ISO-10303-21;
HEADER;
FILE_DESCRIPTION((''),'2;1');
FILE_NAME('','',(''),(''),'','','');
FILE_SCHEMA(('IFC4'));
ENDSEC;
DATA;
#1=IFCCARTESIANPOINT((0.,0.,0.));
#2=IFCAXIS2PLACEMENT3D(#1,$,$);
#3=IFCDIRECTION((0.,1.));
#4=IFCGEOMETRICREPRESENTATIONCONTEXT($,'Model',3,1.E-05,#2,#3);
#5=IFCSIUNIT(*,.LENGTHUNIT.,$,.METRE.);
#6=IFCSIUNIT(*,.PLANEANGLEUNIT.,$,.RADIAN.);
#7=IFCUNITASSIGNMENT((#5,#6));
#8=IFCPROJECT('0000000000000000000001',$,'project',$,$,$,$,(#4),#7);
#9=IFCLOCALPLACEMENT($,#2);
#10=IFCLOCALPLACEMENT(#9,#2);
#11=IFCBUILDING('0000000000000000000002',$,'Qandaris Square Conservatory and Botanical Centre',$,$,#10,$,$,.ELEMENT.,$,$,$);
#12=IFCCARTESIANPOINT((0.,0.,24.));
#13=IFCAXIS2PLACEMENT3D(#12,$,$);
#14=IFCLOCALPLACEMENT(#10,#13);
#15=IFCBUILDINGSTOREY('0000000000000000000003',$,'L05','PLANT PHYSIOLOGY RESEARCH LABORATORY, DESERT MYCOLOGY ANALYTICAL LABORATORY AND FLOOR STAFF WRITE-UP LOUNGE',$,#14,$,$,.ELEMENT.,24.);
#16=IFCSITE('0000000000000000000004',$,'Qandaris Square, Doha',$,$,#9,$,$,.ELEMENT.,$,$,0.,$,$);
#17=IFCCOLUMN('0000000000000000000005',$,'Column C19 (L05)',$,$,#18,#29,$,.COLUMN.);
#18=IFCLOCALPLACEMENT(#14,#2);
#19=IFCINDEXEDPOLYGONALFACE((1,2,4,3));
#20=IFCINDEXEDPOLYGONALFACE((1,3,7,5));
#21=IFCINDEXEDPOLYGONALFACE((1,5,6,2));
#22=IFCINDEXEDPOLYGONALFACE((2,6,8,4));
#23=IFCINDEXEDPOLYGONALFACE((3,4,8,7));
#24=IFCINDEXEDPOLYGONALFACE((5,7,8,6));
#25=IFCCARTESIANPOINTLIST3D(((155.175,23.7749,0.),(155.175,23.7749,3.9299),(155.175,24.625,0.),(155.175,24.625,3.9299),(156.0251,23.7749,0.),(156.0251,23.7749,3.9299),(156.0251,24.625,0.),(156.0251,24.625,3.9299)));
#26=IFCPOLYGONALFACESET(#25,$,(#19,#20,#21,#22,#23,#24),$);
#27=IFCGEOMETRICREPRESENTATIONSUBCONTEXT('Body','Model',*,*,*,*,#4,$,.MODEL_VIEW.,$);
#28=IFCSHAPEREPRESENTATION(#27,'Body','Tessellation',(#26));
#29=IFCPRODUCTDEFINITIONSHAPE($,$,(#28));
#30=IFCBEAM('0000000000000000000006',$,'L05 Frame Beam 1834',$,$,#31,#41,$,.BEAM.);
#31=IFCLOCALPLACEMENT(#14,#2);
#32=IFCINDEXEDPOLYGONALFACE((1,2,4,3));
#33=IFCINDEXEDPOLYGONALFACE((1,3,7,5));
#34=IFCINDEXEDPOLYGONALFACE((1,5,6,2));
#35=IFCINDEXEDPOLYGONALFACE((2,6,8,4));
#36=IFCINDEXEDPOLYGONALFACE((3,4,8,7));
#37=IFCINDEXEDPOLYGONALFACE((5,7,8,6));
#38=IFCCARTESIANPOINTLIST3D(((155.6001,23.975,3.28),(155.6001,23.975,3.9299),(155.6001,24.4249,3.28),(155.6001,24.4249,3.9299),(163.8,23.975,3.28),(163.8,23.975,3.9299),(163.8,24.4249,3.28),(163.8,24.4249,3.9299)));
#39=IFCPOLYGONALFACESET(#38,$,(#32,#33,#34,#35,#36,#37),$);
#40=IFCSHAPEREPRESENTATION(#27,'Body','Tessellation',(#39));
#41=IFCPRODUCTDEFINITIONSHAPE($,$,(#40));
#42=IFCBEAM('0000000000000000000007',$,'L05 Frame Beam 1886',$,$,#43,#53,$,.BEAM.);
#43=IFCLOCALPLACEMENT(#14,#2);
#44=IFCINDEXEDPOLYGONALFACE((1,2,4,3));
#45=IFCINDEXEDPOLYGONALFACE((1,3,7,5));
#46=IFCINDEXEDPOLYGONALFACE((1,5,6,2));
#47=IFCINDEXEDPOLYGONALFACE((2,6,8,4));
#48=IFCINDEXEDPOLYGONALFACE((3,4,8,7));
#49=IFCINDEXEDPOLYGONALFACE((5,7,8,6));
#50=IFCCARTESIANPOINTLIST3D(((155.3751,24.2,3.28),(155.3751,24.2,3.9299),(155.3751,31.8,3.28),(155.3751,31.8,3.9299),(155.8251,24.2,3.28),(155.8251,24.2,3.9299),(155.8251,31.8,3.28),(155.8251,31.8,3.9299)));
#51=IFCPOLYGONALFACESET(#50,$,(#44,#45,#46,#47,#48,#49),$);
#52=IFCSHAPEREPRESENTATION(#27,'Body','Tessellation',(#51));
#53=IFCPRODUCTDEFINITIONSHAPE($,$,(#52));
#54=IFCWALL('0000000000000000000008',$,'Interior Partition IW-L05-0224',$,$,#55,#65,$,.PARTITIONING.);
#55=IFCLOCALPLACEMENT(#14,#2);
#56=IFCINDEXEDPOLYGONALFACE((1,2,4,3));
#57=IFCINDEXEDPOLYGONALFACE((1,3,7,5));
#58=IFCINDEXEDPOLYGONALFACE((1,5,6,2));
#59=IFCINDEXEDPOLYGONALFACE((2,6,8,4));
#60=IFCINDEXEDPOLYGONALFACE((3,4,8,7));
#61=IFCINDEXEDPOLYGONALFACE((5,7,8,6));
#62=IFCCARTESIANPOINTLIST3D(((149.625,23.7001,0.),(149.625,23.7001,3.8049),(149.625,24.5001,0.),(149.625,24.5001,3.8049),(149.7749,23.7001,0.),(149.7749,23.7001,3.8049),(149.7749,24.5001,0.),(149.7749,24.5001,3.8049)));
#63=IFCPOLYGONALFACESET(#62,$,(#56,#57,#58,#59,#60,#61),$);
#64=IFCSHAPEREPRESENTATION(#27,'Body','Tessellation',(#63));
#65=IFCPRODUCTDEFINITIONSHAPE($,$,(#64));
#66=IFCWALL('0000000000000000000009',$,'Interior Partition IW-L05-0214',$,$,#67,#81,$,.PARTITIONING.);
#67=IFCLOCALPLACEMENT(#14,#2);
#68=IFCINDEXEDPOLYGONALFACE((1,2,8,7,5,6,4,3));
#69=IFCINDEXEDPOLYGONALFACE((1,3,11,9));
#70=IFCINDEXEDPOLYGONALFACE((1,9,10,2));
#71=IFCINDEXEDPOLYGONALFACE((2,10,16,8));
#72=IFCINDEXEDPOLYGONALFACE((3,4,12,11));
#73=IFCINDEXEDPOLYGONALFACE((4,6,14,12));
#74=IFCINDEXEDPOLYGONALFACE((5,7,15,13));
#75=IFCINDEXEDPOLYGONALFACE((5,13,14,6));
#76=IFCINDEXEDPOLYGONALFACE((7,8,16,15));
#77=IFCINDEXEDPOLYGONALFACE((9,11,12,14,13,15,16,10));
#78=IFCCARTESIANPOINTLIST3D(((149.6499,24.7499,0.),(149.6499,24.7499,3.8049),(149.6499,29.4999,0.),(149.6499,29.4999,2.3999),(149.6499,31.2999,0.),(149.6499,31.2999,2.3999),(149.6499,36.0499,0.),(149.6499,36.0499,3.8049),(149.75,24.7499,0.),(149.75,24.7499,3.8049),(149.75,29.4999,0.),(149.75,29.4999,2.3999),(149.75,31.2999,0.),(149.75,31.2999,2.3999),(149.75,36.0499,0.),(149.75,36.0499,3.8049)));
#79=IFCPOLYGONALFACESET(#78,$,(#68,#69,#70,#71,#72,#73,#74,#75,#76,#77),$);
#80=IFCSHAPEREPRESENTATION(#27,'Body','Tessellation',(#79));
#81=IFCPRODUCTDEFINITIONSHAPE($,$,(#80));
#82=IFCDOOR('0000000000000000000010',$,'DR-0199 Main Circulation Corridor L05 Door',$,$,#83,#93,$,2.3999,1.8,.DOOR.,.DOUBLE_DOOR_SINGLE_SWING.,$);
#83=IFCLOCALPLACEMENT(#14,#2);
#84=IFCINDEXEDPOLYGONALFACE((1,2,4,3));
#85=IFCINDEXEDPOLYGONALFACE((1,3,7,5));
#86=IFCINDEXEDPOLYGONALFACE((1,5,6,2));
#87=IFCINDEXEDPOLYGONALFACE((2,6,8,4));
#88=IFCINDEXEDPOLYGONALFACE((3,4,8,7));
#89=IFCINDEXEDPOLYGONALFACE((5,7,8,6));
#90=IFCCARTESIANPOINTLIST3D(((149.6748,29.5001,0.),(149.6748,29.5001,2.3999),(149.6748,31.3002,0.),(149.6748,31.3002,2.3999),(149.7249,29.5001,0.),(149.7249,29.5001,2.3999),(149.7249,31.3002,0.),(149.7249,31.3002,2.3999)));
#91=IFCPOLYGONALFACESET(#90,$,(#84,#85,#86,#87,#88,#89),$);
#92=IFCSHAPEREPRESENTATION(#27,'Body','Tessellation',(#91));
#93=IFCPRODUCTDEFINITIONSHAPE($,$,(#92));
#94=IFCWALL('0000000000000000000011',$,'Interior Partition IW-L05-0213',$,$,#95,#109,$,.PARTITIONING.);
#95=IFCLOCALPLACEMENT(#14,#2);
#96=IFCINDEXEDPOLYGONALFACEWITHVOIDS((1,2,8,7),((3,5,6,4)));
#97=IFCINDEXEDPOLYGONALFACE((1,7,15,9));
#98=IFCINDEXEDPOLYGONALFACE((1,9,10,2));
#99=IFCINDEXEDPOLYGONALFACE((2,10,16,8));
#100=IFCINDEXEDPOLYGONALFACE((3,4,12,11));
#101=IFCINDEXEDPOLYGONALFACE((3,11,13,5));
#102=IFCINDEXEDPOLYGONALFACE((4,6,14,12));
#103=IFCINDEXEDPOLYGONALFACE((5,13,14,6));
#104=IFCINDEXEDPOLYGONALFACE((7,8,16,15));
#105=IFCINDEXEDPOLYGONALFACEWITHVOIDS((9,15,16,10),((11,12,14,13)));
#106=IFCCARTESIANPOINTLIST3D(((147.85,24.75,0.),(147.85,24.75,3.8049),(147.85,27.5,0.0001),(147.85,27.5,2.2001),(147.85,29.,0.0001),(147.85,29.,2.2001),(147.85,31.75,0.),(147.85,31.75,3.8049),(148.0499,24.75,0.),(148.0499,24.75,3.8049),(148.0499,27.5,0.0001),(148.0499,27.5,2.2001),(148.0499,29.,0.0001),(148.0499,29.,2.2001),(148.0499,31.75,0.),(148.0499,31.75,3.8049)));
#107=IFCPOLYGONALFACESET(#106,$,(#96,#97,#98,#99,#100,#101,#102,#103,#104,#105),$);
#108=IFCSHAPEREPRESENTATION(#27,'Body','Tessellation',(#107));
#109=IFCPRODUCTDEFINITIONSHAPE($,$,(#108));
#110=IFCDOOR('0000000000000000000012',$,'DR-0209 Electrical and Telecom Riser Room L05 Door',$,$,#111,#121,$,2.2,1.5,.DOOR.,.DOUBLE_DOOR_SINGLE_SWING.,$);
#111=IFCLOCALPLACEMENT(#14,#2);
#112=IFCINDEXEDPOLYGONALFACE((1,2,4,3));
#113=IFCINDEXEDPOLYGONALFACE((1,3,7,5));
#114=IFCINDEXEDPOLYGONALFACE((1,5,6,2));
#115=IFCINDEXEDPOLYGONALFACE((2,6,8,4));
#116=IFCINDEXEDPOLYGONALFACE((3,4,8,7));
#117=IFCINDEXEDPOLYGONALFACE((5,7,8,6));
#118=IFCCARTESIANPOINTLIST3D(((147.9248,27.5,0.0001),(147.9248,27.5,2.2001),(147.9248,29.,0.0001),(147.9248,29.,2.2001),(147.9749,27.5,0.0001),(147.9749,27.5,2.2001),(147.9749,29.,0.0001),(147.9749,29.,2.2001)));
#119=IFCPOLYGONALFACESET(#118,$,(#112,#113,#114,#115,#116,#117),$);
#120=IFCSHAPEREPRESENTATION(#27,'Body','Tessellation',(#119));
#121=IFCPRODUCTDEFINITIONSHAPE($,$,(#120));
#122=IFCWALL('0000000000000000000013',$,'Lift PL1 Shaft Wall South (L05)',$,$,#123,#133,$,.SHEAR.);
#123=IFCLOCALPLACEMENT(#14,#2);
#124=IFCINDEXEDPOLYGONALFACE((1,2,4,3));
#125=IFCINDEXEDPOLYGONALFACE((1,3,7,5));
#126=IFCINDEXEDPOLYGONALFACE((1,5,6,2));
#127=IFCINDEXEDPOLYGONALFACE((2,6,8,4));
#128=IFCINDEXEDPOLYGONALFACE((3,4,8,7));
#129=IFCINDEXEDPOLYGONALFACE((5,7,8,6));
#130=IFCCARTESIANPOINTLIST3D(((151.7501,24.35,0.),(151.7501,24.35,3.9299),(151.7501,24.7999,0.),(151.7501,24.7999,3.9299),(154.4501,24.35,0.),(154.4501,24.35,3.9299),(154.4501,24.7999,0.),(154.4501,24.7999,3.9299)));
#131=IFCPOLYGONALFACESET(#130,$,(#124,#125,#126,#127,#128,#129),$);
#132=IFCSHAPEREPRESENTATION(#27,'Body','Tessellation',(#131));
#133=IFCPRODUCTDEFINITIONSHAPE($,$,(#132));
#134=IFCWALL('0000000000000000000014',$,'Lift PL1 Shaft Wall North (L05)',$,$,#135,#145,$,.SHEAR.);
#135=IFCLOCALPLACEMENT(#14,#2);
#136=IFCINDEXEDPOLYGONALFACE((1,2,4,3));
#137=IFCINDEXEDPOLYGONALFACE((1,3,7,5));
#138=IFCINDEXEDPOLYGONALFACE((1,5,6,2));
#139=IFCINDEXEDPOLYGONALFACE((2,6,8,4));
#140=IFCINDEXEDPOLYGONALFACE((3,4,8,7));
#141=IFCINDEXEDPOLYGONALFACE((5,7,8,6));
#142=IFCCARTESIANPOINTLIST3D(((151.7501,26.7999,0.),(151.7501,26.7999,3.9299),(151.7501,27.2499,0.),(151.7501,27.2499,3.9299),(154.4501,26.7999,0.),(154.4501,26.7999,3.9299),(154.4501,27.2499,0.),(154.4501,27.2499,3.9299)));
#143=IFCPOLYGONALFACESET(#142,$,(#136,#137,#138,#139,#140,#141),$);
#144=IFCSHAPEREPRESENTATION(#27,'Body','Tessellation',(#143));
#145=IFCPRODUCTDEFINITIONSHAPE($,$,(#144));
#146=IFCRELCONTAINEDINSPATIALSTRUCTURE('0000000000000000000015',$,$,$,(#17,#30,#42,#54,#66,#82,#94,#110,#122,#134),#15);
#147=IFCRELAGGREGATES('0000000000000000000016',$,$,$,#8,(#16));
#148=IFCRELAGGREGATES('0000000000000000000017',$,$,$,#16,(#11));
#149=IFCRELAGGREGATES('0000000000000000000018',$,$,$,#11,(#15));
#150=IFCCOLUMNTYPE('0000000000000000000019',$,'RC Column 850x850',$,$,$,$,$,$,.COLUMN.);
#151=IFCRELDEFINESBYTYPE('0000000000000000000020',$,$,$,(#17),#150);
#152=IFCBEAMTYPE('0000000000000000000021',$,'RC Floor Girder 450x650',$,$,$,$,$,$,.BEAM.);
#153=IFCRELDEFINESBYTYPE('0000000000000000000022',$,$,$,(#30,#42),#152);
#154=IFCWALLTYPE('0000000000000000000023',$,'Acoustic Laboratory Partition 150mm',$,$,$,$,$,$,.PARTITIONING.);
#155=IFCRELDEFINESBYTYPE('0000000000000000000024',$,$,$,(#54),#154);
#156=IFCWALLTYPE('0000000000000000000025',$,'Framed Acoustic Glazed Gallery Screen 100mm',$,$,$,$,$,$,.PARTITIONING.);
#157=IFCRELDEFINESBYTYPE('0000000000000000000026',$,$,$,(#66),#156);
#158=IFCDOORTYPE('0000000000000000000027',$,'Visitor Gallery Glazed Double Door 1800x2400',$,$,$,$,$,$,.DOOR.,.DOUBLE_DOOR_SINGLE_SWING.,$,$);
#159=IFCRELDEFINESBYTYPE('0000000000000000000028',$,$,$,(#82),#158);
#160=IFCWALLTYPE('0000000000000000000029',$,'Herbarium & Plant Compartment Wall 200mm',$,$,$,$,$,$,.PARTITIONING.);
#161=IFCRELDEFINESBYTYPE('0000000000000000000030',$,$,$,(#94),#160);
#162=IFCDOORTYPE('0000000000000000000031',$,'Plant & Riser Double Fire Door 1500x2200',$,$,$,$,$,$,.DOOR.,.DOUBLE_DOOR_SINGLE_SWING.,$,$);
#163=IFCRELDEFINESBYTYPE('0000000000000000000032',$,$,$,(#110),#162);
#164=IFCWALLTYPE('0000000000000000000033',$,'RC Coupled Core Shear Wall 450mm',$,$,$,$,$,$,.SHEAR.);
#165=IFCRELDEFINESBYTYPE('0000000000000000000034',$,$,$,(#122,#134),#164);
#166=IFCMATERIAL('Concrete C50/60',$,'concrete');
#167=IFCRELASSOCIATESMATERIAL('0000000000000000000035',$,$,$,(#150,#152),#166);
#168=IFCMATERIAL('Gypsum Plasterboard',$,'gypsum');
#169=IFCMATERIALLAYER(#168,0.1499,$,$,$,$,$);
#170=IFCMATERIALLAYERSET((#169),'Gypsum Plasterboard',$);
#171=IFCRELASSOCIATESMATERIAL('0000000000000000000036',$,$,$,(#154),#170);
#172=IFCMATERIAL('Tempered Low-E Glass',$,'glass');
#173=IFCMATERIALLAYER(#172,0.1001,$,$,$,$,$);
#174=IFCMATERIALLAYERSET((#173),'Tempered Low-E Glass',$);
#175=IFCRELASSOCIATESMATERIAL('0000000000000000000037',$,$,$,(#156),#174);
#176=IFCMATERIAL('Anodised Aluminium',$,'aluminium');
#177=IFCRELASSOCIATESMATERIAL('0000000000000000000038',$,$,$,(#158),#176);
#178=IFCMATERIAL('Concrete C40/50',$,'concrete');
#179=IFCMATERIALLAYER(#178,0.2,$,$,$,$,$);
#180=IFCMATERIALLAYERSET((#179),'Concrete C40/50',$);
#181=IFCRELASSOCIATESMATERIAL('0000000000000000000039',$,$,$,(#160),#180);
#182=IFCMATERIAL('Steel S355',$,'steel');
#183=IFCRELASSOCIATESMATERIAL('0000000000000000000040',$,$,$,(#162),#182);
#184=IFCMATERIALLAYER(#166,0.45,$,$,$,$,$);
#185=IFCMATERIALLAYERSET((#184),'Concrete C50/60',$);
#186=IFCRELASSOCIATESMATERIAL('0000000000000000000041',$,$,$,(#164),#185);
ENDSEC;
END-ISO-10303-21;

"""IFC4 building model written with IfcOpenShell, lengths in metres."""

from ifc_helpers import new_model, si_unit, direction, frame, frame_2d, origin, origin_2d, place, context, subcontext, project, spatial, rectangle, extrude, material, layer, layer_set, material_profile, profile_set, type_object, element, fill, save


model = new_model("IFC4")

# Units and contexts
model_context = context("Model", 3, precision=1e-05, world=origin(), true_north=direction((0.0, 1.0)))
body_context = subcontext(model_context, "Body", "Model", "MODEL_VIEW")
ifc_project = project(units=[si_unit("LENGTHUNIT", "METRE"), si_unit("PLANEANGLEUNIT", "RADIAN")], contexts=[model_context])

# Site, building, storey
site_placement = place(None, origin())
site = spatial("IfcSite", under=ifc_project, at=site_placement, Name="Qandaris Square, Doha", CompositionType="ELEMENT", RefElevation=0.0)
building_placement = place(site_placement, origin())
building = spatial("IfcBuilding", under=site, at=building_placement, Name="Qandaris Square Conservatory and Botanical Centre", CompositionType="ELEMENT")
storey_placement = place(building_placement, frame((0.0, 0.0, 24.0)))
storey = spatial("IfcBuildingStorey", under=building, at=storey_placement, Name="L05", Description="PLANT PHYSIOLOGY RESEARCH LABORATORY, DESERT MYCOLOGY ANALYTICAL LABORATORY AND FLOOR STAFF WRITE-UP LOUNGE", CompositionType="ELEMENT", Elevation=24.0)

# Column
ifc_material_1 = material(Name="Concrete C50/60", Category="concrete")
ifc_material_profile_1 = material_profile(ifc_material_1, rectangle(XDim=0.8501, YDim=0.8501, at=origin_2d()), Name="RC-COL 850x850")
ifc_profile_set_1 = profile_set([ifc_material_profile_1], Name="Concrete C50/60")
column_type = type_object("IfcColumnType", Name="RC Column 850x850", PredefinedType="COLUMN", material=ifc_profile_set_1)
column_placement = place(storey_placement, frame((155.6001, 24.2, 0.0), z_axis=(0.0, 0.0, 1.0), x_axis=(1.0, 0.0, 0.0)))
element("IfcColumn", 1, at=column_placement, inside=storey, type_object=column_type, Name="Column C19 (L05)", PredefinedType="COLUMN", context=body_context, shape_type="SweptSolid", body=[
    extrude(rectangle(XDim=0.8501, YDim=0.8501, at=origin_2d()), origin(), (0.0, 0.0, 1.0), 3.9299),
])

# Beams
ifc_material_profile_2 = material_profile(ifc_material_1, rectangle(XDim=0.45, YDim=0.6499, at=origin_2d()), Name="RC-BM 450x650")
ifc_profile_set_2 = profile_set([ifc_material_profile_2], Name="Concrete C50/60")
beam_type = type_object("IfcBeamType", Name="RC Floor Girder 450x650", PredefinedType="BEAM", material=ifc_profile_set_2)
beam_1_placement = place(storey_placement, frame((155.6001, 24.2, 3.605), z_axis=(1.0, 0.0, 0.0), x_axis=(0.0, 1.0, 0.0)))
element("IfcBeam", 2, at=beam_1_placement, inside=storey, type_object=beam_type, Name="L05 Frame Beam 1834", PredefinedType="BEAM", context=body_context, shape_type="SweptSolid", body=[
    extrude(rectangle(XDim=0.45, YDim=0.6499, at=origin_2d()), origin(), (0.0, 0.0, 1.0), 8.2),
])
beam_2_placement = place(storey_placement, frame((155.6001, 24.2, 3.605), z_axis=(0.0, 1.0, 0.0), x_axis=(-1.0, 0.0, 0.0)))
element("IfcBeam", 3, at=beam_2_placement, inside=storey, type_object=beam_type, Name="L05 Frame Beam 1886", PredefinedType="BEAM", context=body_context, shape_type="SweptSolid", body=[
    extrude(rectangle(XDim=0.45, YDim=0.6499, at=origin_2d()), origin(), (0.0, 0.0, 1.0), 7.6001),
])

# Wall
ifc_material_2 = material(Name="Gypsum Plasterboard", Category="gypsum")
ifc_layer_1 = layer(ifc_material_2, 0.1499)
ifc_layer_set_1 = layer_set([ifc_layer_1], Name="Gypsum Plasterboard")
wall_type_1 = type_object("IfcWallType", Name="Acoustic Laboratory Partition 150mm", PredefinedType="PARTITIONING", material=ifc_layer_set_1)
wall_1_placement = place(storey_placement, frame((149.7, 24.5, 0.0), z_axis=(0.0, 0.0, 1.0), x_axis=(0.0, -1.0, 0.0)))
element("IfcWall", 4, at=wall_1_placement, inside=storey, type_object=wall_type_1, Name="Interior Partition IW-L05-0224", PredefinedType="PARTITIONING", context=body_context, shape_type="SweptSolid", body=[
    extrude(rectangle(XDim=0.8, YDim=0.1499, at=frame_2d((0.3999, 0.0))), origin(), (0.0, 0.0, 1.0), 3.8049),
])

# Walls, openings, doors
ifc_material_3 = material(Name="Tempered Low-E Glass", Category="glass")
ifc_layer_2 = layer(ifc_material_3, 0.1001)
ifc_layer_set_2 = layer_set([ifc_layer_2], Name="Tempered Low-E Glass")
wall_type_2 = type_object("IfcWallType", Name="Framed Acoustic Glazed Gallery Screen 100mm", PredefinedType="PARTITIONING", material=ifc_layer_set_2)
wall_2_placement = place(storey_placement, frame((149.7, 24.75, 0.0), z_axis=(0.0, 0.0, 1.0), x_axis=(0.0, 1.0, 0.0)))
wall_2 = element("IfcWall", 5, at=wall_2_placement, inside=storey, type_object=wall_type_2, Name="Interior Partition IW-L05-0214", PredefinedType="PARTITIONING", context=body_context, shape_type="SweptSolid", body=[
    extrude(rectangle(XDim=11.3, YDim=0.1001, at=frame_2d((5.6499, 0.0))), origin(), (0.0, 0.0, 1.0), 3.8049),
])
opening_1_placement = place(wall_2_placement, frame((4.75, 0.0, 0.0)))
opening_1 = element("IfcOpeningElement", 6, at=opening_1_placement, cuts=wall_2, PredefinedType="OPENING", context=body_context, shape_type="SweptSolid", body=[
    extrude(rectangle(XDim=1.8, YDim=2.3999, at=frame_2d((0.8999, 1.2))), frame((0.0, 0.062, 0.0), z_axis=(0.0, -1.0, 0.0), x_axis=(1.0, 0.0, 0.0)), (0.0, 0.0, 1.0), 0.124),
])
ifc_material_4 = material(Name="Anodised Aluminium", Category="aluminium")
door_type_1 = type_object("IfcDoorType", Name="Visitor Gallery Glazed Double Door 1800x2400", OperationType="DOUBLE_DOOR_SINGLE_SWING", PredefinedType="DOOR", material=ifc_material_4)
door_1_placement = place(opening_1_placement, frame((1.8, 0.0, 0.0), z_axis=(0.0, 0.0, 1.0), x_axis=(-1.0, 0.0, 0.0)))
door_1 = element("IfcDoor", 7, at=door_1_placement, inside=storey, type_object=door_type_1, Name="DR-0199 Main Circulation Corridor L05 Door", OperationType="DOUBLE_DOOR_SINGLE_SWING", OverallHeight=2.3999, OverallWidth=1.8, PredefinedType="DOOR", context=body_context, shape_type="SweptSolid", body=[
    extrude(rectangle(XDim=1.8, YDim=2.3999, at=frame_2d((0.8999, 1.2))), frame((0.0, 0.0249, 0.0), z_axis=(0.0, -1.0, 0.0), x_axis=(1.0, 0.0, 0.0)), (0.0, 0.0, 1.0), 0.05),
])
fill(opening_1, door_1)
ifc_material_5 = material(Name="Concrete C40/50", Category="concrete")
ifc_layer_3 = layer(ifc_material_5, 0.2)
ifc_layer_set_3 = layer_set([ifc_layer_3], Name="Concrete C40/50")
wall_type_3 = type_object("IfcWallType", Name="Herbarium & Plant Compartment Wall 200mm", PredefinedType="PARTITIONING", material=ifc_layer_set_3)
wall_3_placement = place(storey_placement, frame((147.95, 31.75, 0.0), z_axis=(0.0, 0.0, 1.0), x_axis=(0.0, -1.0, 0.0)))
wall_3 = element("IfcWall", 8, at=wall_3_placement, inside=storey, type_object=wall_type_3, Name="Interior Partition IW-L05-0213", PredefinedType="PARTITIONING", context=body_context, shape_type="SweptSolid", body=[
    extrude(rectangle(XDim=7.0, YDim=0.2, at=frame_2d((3.5, 0.0))), origin(), (0.0, 0.0, 1.0), 3.8049),
])
opening_2_placement = place(wall_3_placement, frame((2.75, 0.0, 0.0)))
opening_2 = element("IfcOpeningElement", 9, at=opening_2_placement, cuts=wall_3, PredefinedType="OPENING", context=body_context, shape_type="SweptSolid", body=[
    extrude(rectangle(XDim=1.5, YDim=2.2, at=frame_2d((0.75, 1.1001))), frame((0.0, 0.1118, 0.0), z_axis=(0.0, -1.0, 0.0), x_axis=(1.0, 0.0, 0.0)), (0.0, 0.0, 1.0), 0.2239),
])
ifc_material_6 = material(Name="Steel S355", Category="steel")
door_type_2 = type_object("IfcDoorType", Name="Plant & Riser Double Fire Door 1500x2200", OperationType="DOUBLE_DOOR_SINGLE_SWING", PredefinedType="DOOR", material=ifc_material_6)
door_2_placement = place(opening_2_placement, origin())
door_2 = element("IfcDoor", 10, at=door_2_placement, inside=storey, type_object=door_type_2, Name="DR-0209 Electrical and Telecom Riser Room L05 Door", OperationType="DOUBLE_DOOR_SINGLE_SWING", OverallHeight=2.2, OverallWidth=1.5, PredefinedType="DOOR", context=body_context, shape_type="SweptSolid", body=[
    extrude(rectangle(XDim=1.5, YDim=2.2, at=frame_2d((0.75, 1.1001))), frame((0.0, 0.0249, 0.0), z_axis=(0.0, -1.0, 0.0), x_axis=(1.0, 0.0, 0.0)), (0.0, 0.0, 1.0), 0.05),
])
fill(opening_2, door_2)

# Walls
ifc_layer_4 = layer(ifc_material_1, 0.45)
ifc_layer_set_4 = layer_set([ifc_layer_4], Name="Concrete C50/60")
wall_type_4 = type_object("IfcWallType", Name="RC Coupled Core Shear Wall 450mm", PredefinedType="SHEAR", material=ifc_layer_set_4)
for number, where, z_axis, x_axis, name in (
    (11, (151.75, 24.575, 0.0), (0.0, 0.0, 1.0), (1.0, 0.0, 0.0), "Lift PL1 Shaft Wall South (L05)"),
    (12, (151.75, 27.0249, 0.0), (0.0, 0.0, 1.0), (1.0, 0.0, 0.0), "Lift PL1 Shaft Wall North (L05)"),
):
    element("IfcWall", number, at=place(storey_placement, frame(where, z_axis=z_axis, x_axis=x_axis)), inside=storey, type_object=wall_type_4, Name=name, PredefinedType="SHEAR", context=body_context, shape_type="SweptSolid", body=[
        extrude(rectangle(XDim=2.7, YDim=0.45, at=frame_2d((1.3501, 0.0))), origin(), (0.0, 0.0, 1.0), 3.9299),
    ])

save(model, "model.ifc")
